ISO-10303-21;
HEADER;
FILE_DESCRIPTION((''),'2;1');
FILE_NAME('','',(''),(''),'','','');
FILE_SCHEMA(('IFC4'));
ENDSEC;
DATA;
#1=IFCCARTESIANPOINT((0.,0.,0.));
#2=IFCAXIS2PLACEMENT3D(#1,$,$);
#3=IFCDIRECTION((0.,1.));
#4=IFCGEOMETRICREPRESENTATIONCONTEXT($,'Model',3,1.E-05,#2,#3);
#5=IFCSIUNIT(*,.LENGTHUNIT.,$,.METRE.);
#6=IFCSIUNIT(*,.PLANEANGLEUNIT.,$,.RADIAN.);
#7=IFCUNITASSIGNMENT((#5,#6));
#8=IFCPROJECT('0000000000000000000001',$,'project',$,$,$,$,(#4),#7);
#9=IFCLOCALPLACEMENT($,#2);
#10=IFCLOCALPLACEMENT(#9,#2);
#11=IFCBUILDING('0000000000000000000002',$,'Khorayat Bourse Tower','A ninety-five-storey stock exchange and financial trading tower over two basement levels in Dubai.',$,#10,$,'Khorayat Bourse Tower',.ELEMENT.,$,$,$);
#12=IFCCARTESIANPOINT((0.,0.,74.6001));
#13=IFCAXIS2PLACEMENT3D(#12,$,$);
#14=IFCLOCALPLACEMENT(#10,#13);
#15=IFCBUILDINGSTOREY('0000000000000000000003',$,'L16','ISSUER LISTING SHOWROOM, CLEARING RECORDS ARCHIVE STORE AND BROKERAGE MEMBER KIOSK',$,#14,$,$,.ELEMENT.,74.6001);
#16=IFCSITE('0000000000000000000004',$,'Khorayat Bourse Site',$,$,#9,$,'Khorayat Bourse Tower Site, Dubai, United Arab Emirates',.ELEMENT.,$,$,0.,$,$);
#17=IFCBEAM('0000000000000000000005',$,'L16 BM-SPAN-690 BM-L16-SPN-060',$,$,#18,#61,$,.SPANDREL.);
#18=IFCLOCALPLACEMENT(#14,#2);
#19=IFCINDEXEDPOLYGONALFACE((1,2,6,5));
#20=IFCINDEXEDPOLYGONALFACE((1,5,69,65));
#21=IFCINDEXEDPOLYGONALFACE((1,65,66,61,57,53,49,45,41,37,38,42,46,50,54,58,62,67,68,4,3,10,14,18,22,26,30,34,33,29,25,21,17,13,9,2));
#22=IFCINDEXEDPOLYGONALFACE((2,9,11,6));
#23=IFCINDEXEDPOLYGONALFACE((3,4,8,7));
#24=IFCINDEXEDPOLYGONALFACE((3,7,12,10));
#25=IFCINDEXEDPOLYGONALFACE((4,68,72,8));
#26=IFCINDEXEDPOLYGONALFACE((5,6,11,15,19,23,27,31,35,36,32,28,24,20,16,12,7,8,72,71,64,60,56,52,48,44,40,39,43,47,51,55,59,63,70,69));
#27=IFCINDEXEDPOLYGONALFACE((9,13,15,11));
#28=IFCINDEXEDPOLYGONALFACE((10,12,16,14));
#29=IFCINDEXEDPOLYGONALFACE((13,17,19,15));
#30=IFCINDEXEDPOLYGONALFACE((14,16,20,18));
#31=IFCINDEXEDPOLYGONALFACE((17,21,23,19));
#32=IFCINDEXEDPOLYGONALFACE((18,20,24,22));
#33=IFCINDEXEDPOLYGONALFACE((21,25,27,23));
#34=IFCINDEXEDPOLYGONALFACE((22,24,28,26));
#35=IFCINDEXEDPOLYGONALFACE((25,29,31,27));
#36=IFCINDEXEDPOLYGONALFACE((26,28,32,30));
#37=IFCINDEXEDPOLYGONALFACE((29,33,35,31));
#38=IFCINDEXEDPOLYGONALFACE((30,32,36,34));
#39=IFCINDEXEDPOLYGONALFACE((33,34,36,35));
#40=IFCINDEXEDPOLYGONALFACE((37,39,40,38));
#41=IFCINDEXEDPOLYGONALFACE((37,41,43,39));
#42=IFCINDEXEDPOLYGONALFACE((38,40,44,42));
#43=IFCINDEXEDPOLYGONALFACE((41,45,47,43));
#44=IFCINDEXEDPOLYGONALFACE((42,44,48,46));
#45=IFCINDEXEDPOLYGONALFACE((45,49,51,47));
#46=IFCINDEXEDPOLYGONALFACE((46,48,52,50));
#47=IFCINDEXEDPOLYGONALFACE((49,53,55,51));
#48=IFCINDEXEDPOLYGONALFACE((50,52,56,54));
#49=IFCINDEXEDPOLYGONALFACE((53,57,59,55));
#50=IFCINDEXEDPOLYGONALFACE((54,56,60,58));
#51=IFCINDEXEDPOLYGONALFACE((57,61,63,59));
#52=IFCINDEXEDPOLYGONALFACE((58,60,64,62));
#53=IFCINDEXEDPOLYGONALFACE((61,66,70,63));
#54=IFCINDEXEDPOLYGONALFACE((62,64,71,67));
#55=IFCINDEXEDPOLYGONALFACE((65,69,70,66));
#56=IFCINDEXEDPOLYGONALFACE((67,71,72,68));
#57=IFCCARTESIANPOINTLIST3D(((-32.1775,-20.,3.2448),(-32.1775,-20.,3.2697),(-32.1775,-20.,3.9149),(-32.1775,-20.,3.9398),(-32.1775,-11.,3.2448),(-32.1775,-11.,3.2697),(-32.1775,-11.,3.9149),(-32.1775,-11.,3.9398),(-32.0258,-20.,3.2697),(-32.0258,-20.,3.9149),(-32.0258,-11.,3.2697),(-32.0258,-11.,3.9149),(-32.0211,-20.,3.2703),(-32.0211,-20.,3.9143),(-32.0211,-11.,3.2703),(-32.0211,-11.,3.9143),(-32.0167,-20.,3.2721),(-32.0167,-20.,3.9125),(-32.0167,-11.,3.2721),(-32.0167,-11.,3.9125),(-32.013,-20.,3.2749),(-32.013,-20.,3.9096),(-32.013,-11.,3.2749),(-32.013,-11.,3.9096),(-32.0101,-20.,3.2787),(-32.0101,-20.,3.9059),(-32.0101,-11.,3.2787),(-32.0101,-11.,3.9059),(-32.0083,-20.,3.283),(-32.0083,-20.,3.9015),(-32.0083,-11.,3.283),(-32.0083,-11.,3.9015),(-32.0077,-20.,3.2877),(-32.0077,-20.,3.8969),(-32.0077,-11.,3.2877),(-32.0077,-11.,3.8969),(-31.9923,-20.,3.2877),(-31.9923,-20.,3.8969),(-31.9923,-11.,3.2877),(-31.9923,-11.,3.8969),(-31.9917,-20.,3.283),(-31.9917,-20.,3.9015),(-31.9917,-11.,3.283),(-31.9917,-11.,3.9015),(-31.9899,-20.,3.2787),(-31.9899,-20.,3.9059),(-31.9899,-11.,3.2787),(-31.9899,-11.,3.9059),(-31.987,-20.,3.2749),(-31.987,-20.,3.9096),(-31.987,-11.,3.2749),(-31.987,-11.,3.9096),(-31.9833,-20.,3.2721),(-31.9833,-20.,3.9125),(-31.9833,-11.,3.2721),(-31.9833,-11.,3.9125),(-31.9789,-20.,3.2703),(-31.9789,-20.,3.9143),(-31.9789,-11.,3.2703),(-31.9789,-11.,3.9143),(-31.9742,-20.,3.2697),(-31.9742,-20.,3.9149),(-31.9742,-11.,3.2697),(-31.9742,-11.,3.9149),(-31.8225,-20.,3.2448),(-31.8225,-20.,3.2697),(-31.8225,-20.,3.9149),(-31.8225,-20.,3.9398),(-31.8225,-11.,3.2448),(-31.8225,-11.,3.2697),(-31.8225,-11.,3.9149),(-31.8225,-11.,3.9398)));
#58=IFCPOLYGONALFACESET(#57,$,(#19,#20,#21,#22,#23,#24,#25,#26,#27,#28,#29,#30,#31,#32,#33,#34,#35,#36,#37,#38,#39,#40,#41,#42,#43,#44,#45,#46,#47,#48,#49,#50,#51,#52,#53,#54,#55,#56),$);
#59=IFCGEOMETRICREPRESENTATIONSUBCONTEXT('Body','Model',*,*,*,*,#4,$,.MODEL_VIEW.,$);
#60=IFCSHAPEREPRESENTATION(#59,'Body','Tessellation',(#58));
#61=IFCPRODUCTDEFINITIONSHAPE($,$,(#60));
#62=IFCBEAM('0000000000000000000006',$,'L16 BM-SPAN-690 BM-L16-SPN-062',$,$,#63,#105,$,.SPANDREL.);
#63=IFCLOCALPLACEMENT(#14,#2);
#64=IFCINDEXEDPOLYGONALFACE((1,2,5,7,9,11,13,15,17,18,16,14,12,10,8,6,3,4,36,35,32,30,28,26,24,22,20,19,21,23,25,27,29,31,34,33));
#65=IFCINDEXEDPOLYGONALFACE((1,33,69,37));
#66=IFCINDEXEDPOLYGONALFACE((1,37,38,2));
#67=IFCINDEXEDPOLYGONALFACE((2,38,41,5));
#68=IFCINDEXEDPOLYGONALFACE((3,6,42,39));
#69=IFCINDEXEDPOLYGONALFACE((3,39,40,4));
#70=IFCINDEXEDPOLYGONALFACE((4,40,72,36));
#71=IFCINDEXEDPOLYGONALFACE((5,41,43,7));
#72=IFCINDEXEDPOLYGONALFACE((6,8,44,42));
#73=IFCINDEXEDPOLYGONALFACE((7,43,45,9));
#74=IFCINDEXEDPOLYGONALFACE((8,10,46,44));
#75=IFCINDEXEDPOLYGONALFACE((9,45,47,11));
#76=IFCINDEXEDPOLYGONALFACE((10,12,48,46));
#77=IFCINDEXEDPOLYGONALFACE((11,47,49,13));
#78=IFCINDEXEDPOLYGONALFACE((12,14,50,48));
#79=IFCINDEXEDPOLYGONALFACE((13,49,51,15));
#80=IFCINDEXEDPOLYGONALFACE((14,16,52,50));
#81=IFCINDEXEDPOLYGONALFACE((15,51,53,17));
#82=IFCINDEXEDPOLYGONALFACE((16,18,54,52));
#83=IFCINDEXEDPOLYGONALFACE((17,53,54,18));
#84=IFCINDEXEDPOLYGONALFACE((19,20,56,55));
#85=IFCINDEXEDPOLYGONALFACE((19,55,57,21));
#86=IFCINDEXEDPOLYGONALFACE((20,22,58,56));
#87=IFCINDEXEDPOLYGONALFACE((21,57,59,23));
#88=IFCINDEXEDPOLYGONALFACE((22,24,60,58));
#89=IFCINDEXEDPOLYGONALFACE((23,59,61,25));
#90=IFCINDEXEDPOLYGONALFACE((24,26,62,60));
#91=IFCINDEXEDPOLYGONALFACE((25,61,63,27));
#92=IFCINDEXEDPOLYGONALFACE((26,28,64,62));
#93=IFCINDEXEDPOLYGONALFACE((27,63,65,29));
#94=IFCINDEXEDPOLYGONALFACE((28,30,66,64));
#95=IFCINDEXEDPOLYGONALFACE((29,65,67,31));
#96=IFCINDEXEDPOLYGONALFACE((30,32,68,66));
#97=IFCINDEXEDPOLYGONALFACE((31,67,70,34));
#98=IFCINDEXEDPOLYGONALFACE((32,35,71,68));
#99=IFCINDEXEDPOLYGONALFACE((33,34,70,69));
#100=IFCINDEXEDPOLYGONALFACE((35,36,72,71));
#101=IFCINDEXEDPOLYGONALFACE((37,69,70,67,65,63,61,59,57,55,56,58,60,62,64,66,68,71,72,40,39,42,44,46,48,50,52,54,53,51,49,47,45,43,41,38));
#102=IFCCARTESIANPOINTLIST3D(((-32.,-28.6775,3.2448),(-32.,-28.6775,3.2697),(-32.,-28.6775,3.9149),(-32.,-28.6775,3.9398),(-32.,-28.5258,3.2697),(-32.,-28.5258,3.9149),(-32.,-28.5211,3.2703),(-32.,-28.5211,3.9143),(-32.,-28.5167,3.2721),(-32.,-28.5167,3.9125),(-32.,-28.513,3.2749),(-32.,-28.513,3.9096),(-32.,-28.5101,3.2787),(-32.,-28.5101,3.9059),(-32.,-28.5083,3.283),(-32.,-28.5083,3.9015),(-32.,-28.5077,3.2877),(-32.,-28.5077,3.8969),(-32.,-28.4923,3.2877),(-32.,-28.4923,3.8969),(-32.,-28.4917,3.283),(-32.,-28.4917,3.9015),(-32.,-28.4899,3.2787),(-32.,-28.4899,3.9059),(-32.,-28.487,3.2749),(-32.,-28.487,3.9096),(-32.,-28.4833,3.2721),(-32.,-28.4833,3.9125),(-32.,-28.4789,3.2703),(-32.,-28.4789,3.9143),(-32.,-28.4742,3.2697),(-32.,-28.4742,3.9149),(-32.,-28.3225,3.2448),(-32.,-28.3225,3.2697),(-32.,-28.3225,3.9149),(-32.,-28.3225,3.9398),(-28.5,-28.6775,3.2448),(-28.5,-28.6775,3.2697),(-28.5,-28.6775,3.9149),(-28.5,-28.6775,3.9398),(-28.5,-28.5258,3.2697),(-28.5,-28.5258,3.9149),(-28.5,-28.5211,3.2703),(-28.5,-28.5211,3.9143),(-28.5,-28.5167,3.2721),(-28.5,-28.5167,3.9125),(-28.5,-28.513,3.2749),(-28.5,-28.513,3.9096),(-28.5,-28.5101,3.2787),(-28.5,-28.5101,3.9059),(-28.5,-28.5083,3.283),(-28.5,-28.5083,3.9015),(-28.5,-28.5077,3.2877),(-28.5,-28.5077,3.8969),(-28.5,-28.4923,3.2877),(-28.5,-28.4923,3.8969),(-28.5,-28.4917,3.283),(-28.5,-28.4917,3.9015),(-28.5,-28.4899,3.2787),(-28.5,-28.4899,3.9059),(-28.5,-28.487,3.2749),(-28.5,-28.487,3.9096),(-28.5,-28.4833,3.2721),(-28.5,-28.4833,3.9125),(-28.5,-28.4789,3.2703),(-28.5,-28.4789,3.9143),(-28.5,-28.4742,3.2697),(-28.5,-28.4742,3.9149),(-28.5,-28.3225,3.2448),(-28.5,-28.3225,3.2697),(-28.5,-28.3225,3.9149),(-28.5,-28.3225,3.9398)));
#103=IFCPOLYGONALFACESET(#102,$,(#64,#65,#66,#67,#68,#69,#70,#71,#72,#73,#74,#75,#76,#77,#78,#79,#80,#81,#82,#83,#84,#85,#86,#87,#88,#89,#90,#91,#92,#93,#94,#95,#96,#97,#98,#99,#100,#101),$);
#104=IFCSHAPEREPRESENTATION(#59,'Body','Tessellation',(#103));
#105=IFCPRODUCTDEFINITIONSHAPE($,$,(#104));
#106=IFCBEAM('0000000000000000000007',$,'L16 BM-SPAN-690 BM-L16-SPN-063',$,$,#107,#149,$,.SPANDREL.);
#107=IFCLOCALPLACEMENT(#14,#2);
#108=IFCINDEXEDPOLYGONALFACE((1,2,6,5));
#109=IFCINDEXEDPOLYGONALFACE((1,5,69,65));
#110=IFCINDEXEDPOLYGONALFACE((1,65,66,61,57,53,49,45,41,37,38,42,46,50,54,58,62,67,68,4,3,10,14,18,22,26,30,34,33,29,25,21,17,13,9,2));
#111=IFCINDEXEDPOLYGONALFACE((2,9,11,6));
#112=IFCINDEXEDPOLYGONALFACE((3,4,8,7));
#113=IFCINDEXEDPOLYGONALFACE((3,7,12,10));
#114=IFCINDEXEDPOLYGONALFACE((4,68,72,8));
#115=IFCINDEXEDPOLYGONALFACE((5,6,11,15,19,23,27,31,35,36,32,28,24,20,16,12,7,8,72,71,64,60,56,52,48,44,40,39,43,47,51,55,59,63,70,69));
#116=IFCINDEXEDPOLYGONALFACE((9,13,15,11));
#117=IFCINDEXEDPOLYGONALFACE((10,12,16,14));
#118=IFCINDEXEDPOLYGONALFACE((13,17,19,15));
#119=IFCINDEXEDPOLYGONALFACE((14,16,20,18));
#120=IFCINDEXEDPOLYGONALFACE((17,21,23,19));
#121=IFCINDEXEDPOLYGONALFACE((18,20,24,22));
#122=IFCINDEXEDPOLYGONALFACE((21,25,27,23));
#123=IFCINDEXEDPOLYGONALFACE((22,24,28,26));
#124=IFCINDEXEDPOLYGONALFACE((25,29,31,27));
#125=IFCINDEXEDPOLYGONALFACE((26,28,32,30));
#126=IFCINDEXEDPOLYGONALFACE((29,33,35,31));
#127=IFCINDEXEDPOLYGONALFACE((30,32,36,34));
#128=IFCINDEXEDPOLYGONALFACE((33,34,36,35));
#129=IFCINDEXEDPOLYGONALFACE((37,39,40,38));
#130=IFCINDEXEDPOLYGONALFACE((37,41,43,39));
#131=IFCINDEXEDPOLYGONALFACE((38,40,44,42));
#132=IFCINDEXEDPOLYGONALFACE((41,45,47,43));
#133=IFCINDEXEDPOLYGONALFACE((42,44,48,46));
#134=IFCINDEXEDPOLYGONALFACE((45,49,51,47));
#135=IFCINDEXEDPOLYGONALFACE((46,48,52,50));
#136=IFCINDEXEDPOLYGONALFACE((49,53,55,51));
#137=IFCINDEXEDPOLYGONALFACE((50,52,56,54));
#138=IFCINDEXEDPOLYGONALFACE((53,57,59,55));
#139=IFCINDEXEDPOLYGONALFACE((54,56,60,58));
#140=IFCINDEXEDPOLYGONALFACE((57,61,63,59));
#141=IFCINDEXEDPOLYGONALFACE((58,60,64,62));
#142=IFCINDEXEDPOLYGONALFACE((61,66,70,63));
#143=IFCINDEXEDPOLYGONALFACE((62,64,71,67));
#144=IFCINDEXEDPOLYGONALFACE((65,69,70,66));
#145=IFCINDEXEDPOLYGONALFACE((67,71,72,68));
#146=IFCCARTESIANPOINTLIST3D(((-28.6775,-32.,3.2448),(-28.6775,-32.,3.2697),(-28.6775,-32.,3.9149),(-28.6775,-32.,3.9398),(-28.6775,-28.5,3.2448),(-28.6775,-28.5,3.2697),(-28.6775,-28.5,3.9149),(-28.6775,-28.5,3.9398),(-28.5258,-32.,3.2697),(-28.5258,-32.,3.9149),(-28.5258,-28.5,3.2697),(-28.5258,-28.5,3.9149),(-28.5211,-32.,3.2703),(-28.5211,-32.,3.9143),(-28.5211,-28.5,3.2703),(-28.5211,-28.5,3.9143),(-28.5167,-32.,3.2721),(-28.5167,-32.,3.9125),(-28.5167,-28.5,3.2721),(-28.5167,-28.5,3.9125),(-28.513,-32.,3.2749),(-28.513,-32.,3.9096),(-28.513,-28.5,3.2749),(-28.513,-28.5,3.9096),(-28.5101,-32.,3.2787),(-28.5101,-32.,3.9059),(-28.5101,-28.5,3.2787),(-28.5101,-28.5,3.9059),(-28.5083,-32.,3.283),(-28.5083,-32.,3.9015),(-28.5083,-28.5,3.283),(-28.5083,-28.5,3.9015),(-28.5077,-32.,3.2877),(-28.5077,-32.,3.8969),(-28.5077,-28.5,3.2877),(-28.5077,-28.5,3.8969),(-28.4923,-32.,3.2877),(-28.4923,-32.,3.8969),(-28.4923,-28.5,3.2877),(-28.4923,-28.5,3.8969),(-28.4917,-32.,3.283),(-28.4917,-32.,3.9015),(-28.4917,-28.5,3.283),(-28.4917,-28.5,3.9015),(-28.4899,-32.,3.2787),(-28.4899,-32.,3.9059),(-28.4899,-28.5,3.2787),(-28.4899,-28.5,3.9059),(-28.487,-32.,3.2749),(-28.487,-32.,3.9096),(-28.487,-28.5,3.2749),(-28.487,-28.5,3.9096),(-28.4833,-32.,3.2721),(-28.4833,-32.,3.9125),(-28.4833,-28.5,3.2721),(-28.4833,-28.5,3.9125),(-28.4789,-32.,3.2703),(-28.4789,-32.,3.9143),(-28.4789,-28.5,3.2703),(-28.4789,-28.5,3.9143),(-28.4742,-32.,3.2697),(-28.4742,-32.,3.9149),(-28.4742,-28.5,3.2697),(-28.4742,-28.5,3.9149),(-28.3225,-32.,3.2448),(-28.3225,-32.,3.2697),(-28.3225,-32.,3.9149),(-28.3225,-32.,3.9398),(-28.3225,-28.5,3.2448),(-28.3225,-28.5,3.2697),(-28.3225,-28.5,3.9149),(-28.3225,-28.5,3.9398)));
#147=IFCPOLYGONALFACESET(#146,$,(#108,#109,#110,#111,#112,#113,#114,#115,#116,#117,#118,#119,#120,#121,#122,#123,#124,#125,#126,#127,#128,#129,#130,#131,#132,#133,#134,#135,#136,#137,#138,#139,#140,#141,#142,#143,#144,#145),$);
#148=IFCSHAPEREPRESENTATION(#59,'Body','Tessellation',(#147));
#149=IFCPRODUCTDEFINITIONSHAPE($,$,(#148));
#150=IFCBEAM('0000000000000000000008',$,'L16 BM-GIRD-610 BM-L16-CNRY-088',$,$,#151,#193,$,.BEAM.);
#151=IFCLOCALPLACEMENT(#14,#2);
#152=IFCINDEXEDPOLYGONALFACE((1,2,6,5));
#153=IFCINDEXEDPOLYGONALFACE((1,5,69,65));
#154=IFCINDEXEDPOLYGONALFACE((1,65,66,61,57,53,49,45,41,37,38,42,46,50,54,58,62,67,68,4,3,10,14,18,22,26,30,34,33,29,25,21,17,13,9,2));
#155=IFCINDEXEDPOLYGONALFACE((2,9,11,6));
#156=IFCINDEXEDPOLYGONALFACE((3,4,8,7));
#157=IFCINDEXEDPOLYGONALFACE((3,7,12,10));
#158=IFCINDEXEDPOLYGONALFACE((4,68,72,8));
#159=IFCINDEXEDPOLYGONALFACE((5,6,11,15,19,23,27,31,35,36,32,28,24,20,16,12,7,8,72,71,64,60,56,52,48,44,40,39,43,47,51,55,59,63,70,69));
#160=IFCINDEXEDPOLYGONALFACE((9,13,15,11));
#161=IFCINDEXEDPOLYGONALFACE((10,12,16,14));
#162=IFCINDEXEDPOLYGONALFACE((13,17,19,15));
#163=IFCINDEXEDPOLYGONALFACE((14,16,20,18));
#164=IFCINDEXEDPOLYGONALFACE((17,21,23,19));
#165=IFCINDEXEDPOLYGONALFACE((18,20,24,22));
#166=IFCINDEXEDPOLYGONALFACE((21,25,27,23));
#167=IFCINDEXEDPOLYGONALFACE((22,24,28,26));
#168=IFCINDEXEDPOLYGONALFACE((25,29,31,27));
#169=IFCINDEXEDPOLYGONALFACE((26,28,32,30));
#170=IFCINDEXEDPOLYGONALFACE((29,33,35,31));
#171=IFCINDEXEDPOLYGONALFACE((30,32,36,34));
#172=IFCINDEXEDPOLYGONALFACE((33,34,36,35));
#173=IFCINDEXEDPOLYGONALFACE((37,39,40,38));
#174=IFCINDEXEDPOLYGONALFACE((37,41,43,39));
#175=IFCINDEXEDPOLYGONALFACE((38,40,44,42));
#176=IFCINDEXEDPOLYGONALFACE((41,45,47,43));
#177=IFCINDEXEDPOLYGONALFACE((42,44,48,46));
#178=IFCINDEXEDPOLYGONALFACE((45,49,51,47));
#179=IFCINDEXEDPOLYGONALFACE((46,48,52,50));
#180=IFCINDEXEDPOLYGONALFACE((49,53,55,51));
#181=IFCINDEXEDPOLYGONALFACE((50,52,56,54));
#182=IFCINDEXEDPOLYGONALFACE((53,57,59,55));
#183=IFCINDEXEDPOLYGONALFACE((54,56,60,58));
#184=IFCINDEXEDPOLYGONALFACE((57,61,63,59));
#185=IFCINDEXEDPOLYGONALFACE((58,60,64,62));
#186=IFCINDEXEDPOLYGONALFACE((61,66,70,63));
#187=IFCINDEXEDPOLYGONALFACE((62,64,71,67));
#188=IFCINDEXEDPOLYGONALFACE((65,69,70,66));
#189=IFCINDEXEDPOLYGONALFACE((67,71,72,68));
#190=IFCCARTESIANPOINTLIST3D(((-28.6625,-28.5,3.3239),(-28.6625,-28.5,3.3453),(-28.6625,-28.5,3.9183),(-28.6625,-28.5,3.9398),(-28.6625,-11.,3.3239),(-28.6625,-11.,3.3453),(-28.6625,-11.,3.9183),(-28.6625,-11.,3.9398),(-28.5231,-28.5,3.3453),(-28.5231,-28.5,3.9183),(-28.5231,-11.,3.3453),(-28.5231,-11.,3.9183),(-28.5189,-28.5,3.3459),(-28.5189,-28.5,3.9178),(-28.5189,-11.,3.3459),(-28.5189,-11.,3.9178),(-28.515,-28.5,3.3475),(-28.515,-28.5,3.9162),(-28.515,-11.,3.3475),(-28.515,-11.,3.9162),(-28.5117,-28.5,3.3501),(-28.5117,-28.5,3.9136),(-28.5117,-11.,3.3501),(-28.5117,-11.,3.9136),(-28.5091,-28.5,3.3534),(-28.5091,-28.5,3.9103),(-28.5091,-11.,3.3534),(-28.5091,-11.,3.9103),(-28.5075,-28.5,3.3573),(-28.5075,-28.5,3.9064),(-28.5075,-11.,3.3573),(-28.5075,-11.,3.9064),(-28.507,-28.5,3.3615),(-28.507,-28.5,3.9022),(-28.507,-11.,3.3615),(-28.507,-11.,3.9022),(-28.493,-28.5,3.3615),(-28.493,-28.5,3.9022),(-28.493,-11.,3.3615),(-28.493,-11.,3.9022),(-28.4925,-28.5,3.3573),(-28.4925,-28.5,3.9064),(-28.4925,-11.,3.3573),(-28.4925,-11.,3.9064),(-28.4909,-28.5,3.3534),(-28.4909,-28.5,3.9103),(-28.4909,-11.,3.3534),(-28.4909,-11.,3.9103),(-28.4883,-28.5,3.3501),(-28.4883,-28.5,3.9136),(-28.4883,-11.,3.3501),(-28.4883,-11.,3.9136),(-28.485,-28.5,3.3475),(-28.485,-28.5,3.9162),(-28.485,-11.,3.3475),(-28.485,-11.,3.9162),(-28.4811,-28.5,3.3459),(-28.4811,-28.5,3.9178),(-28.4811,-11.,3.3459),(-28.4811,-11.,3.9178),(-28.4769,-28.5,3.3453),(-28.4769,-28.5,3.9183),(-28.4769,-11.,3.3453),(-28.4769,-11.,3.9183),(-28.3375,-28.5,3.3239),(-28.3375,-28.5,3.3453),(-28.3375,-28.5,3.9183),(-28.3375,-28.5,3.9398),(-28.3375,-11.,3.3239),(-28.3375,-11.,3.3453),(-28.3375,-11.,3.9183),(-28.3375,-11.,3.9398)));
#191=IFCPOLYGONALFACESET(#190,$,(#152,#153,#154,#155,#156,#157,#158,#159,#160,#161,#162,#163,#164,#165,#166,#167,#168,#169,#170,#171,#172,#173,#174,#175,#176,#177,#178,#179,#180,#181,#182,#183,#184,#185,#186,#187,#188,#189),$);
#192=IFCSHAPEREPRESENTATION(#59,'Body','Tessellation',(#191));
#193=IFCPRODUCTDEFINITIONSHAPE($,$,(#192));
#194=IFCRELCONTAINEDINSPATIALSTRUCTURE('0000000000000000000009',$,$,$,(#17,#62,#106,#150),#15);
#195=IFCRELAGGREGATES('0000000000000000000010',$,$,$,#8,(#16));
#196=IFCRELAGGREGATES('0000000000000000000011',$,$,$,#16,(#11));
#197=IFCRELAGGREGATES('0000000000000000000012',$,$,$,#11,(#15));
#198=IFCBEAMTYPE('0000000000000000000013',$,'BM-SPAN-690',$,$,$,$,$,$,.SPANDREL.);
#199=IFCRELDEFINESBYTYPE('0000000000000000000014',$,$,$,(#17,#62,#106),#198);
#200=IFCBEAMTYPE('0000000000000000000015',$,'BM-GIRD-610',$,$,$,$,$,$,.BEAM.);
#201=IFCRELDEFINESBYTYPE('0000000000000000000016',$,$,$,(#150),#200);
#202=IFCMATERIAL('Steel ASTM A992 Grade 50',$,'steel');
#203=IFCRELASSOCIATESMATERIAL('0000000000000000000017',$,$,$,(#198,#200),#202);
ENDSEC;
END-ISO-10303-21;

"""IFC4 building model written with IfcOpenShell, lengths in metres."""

from ifc_helpers import new_model, si_unit, direction, frame, origin, origin_2d, place, context, subcontext, project, spatial, i_section, extrude, source, transform, mapped, material, material_profile, profile_set, type_object, element, save


model = new_model("IFC4")

# Units and contexts
model_context = context("Model", 3, precision=1e-05, world=origin(), true_north=direction((0.0, 1.0)))
body_context = subcontext(model_context, "Body", "Model", "MODEL_VIEW")
ifc_project = project(units=[si_unit("LENGTHUNIT", "METRE"), si_unit("PLANEANGLEUNIT", "RADIAN")], contexts=[model_context])

# Site, building, storey
site_placement = place(None, origin())
site = spatial("IfcSite", under=ifc_project, at=site_placement, Name="Khorayat Bourse Site", LongName="Khorayat Bourse Tower Site, Dubai, United Arab Emirates", CompositionType="ELEMENT", RefElevation=0.0)
building_placement = place(site_placement, origin())
building = spatial("IfcBuilding", under=site, at=building_placement, Name="Khorayat Bourse Tower", Description="A ninety-five-storey stock exchange and financial trading tower over two basement levels in Dubai.", LongName="Khorayat Bourse Tower", CompositionType="ELEMENT")
storey_placement = place(building_placement, frame((0.0, 0.0, 74.6001)))
storey = spatial("IfcBuildingStorey", under=building, at=storey_placement, Name="L16", Description="ISSUER LISTING SHOWROOM, CLEARING RECORDS ARCHIVE STORE AND BROKERAGE MEMBER KIOSK", CompositionType="ELEMENT", Elevation=74.6001)

# Beams
ifc_material_1 = material(Name="Steel ASTM A992 Grade 50", Category="steel")
ifc_material_profile_1 = material_profile(ifc_material_1, i_section(OverallWidth=0.355, OverallDepth=0.6951, WebThickness=0.0154, FlangeThickness=0.0249, FilletRadius=0.0181, at=origin_2d()), Name="W690X217")
ifc_profile_set_1 = profile_set([ifc_material_profile_1], Name="Steel ASTM A992 Grade 50")
beam_type_1 = type_object("IfcBeamType", Name="BM-SPAN-690", PredefinedType="SPANDREL", material=ifc_profile_set_1)
shared_shape_1 = source(origin(), body_context, "Body", "SweptSolid", [
    extrude(i_section(OverallWidth=0.355, OverallDepth=0.6951, WebThickness=0.0154, FlangeThickness=0.0249, FilletRadius=0.0181, at=origin_2d()), origin(), (0.0, 0.0, 1.0), 9.0),
])
beam_1_placement = place(storey_placement, frame((-32.0, -20.0, 3.5923), z_axis=(0.0, 1.0, 0.0), x_axis=(-1.0, 0.0, 0.0)))
element("IfcBeam", 1, at=beam_1_placement, inside=storey, type_object=beam_type_1, Name="L16 BM-SPAN-690 BM-L16-SPN-060", PredefinedType="SPANDREL", context=body_context, shape_type="MappedRepresentation", body=[
    mapped(shared_shape_1, transform((0.0, 0.0, 0.0), scale=1.0)),
])
shared_shape_2 = source(origin(), body_context, "Body", "SweptSolid", [
    extrude(i_section(OverallWidth=0.355, OverallDepth=0.6951, WebThickness=0.0154, FlangeThickness=0.0249, FilletRadius=0.0181, at=origin_2d()), origin(), (0.0, 0.0, 1.0), 3.5),
])
for number, where, z_axis, x_axis, name in (
    (2, (-32.0, -28.5, 3.5923), (1.0, 0.0, 0.0), (0.0, 1.0, 0.0), "L16 BM-SPAN-690 BM-L16-SPN-062"),
    (3, (-28.5, -32.0, 3.5923), (0.0, 1.0, 0.0), (-1.0, 0.0, 0.0), "L16 BM-SPAN-690 BM-L16-SPN-063"),
):
    element("IfcBeam", number, at=place(storey_placement, frame(where, z_axis=z_axis, x_axis=x_axis)), inside=storey, type_object=beam_type_1, Name=name, PredefinedType="SPANDREL", context=body_context, shape_type="MappedRepresentation", body=[
        mapped(shared_shape_2, transform((0.0, 0.0, 0.0), scale=1.0)),
    ])
ifc_material_profile_2 = material_profile(ifc_material_1, i_section(OverallWidth=0.325, OverallDepth=0.616, WebThickness=0.0139, FlangeThickness=0.0215, FilletRadius=0.0161, at=origin_2d()), Name="W610X174")
ifc_profile_set_2 = profile_set([ifc_material_profile_2], Name="Steel ASTM A992 Grade 50")
beam_type_2 = type_object("IfcBeamType", Name="BM-GIRD-610", PredefinedType="BEAM", material=ifc_profile_set_2)
shared_shape_3 = source(origin(), body_context, "Body", "SweptSolid", [
    extrude(i_section(OverallWidth=0.325, OverallDepth=0.616, WebThickness=0.0139, FlangeThickness=0.0215, FilletRadius=0.0161, at=origin_2d()), origin(), (0.0, 0.0, 1.0), 17.5),
])
beam_2_placement = place(storey_placement, frame((-28.5, -28.5, 3.6318), z_axis=(0.0, 1.0, 0.0), x_axis=(-1.0, 0.0, 0.0)))
element("IfcBeam", 4, at=beam_2_placement, inside=storey, type_object=beam_type_2, Name="L16 BM-GIRD-610 BM-L16-CNRY-088", PredefinedType="BEAM", context=body_context, shape_type="MappedRepresentation", body=[
    mapped(shared_shape_3, transform((0.0, 0.0, 0.0), scale=1.0)),
])

save(model, "model.ifc")
